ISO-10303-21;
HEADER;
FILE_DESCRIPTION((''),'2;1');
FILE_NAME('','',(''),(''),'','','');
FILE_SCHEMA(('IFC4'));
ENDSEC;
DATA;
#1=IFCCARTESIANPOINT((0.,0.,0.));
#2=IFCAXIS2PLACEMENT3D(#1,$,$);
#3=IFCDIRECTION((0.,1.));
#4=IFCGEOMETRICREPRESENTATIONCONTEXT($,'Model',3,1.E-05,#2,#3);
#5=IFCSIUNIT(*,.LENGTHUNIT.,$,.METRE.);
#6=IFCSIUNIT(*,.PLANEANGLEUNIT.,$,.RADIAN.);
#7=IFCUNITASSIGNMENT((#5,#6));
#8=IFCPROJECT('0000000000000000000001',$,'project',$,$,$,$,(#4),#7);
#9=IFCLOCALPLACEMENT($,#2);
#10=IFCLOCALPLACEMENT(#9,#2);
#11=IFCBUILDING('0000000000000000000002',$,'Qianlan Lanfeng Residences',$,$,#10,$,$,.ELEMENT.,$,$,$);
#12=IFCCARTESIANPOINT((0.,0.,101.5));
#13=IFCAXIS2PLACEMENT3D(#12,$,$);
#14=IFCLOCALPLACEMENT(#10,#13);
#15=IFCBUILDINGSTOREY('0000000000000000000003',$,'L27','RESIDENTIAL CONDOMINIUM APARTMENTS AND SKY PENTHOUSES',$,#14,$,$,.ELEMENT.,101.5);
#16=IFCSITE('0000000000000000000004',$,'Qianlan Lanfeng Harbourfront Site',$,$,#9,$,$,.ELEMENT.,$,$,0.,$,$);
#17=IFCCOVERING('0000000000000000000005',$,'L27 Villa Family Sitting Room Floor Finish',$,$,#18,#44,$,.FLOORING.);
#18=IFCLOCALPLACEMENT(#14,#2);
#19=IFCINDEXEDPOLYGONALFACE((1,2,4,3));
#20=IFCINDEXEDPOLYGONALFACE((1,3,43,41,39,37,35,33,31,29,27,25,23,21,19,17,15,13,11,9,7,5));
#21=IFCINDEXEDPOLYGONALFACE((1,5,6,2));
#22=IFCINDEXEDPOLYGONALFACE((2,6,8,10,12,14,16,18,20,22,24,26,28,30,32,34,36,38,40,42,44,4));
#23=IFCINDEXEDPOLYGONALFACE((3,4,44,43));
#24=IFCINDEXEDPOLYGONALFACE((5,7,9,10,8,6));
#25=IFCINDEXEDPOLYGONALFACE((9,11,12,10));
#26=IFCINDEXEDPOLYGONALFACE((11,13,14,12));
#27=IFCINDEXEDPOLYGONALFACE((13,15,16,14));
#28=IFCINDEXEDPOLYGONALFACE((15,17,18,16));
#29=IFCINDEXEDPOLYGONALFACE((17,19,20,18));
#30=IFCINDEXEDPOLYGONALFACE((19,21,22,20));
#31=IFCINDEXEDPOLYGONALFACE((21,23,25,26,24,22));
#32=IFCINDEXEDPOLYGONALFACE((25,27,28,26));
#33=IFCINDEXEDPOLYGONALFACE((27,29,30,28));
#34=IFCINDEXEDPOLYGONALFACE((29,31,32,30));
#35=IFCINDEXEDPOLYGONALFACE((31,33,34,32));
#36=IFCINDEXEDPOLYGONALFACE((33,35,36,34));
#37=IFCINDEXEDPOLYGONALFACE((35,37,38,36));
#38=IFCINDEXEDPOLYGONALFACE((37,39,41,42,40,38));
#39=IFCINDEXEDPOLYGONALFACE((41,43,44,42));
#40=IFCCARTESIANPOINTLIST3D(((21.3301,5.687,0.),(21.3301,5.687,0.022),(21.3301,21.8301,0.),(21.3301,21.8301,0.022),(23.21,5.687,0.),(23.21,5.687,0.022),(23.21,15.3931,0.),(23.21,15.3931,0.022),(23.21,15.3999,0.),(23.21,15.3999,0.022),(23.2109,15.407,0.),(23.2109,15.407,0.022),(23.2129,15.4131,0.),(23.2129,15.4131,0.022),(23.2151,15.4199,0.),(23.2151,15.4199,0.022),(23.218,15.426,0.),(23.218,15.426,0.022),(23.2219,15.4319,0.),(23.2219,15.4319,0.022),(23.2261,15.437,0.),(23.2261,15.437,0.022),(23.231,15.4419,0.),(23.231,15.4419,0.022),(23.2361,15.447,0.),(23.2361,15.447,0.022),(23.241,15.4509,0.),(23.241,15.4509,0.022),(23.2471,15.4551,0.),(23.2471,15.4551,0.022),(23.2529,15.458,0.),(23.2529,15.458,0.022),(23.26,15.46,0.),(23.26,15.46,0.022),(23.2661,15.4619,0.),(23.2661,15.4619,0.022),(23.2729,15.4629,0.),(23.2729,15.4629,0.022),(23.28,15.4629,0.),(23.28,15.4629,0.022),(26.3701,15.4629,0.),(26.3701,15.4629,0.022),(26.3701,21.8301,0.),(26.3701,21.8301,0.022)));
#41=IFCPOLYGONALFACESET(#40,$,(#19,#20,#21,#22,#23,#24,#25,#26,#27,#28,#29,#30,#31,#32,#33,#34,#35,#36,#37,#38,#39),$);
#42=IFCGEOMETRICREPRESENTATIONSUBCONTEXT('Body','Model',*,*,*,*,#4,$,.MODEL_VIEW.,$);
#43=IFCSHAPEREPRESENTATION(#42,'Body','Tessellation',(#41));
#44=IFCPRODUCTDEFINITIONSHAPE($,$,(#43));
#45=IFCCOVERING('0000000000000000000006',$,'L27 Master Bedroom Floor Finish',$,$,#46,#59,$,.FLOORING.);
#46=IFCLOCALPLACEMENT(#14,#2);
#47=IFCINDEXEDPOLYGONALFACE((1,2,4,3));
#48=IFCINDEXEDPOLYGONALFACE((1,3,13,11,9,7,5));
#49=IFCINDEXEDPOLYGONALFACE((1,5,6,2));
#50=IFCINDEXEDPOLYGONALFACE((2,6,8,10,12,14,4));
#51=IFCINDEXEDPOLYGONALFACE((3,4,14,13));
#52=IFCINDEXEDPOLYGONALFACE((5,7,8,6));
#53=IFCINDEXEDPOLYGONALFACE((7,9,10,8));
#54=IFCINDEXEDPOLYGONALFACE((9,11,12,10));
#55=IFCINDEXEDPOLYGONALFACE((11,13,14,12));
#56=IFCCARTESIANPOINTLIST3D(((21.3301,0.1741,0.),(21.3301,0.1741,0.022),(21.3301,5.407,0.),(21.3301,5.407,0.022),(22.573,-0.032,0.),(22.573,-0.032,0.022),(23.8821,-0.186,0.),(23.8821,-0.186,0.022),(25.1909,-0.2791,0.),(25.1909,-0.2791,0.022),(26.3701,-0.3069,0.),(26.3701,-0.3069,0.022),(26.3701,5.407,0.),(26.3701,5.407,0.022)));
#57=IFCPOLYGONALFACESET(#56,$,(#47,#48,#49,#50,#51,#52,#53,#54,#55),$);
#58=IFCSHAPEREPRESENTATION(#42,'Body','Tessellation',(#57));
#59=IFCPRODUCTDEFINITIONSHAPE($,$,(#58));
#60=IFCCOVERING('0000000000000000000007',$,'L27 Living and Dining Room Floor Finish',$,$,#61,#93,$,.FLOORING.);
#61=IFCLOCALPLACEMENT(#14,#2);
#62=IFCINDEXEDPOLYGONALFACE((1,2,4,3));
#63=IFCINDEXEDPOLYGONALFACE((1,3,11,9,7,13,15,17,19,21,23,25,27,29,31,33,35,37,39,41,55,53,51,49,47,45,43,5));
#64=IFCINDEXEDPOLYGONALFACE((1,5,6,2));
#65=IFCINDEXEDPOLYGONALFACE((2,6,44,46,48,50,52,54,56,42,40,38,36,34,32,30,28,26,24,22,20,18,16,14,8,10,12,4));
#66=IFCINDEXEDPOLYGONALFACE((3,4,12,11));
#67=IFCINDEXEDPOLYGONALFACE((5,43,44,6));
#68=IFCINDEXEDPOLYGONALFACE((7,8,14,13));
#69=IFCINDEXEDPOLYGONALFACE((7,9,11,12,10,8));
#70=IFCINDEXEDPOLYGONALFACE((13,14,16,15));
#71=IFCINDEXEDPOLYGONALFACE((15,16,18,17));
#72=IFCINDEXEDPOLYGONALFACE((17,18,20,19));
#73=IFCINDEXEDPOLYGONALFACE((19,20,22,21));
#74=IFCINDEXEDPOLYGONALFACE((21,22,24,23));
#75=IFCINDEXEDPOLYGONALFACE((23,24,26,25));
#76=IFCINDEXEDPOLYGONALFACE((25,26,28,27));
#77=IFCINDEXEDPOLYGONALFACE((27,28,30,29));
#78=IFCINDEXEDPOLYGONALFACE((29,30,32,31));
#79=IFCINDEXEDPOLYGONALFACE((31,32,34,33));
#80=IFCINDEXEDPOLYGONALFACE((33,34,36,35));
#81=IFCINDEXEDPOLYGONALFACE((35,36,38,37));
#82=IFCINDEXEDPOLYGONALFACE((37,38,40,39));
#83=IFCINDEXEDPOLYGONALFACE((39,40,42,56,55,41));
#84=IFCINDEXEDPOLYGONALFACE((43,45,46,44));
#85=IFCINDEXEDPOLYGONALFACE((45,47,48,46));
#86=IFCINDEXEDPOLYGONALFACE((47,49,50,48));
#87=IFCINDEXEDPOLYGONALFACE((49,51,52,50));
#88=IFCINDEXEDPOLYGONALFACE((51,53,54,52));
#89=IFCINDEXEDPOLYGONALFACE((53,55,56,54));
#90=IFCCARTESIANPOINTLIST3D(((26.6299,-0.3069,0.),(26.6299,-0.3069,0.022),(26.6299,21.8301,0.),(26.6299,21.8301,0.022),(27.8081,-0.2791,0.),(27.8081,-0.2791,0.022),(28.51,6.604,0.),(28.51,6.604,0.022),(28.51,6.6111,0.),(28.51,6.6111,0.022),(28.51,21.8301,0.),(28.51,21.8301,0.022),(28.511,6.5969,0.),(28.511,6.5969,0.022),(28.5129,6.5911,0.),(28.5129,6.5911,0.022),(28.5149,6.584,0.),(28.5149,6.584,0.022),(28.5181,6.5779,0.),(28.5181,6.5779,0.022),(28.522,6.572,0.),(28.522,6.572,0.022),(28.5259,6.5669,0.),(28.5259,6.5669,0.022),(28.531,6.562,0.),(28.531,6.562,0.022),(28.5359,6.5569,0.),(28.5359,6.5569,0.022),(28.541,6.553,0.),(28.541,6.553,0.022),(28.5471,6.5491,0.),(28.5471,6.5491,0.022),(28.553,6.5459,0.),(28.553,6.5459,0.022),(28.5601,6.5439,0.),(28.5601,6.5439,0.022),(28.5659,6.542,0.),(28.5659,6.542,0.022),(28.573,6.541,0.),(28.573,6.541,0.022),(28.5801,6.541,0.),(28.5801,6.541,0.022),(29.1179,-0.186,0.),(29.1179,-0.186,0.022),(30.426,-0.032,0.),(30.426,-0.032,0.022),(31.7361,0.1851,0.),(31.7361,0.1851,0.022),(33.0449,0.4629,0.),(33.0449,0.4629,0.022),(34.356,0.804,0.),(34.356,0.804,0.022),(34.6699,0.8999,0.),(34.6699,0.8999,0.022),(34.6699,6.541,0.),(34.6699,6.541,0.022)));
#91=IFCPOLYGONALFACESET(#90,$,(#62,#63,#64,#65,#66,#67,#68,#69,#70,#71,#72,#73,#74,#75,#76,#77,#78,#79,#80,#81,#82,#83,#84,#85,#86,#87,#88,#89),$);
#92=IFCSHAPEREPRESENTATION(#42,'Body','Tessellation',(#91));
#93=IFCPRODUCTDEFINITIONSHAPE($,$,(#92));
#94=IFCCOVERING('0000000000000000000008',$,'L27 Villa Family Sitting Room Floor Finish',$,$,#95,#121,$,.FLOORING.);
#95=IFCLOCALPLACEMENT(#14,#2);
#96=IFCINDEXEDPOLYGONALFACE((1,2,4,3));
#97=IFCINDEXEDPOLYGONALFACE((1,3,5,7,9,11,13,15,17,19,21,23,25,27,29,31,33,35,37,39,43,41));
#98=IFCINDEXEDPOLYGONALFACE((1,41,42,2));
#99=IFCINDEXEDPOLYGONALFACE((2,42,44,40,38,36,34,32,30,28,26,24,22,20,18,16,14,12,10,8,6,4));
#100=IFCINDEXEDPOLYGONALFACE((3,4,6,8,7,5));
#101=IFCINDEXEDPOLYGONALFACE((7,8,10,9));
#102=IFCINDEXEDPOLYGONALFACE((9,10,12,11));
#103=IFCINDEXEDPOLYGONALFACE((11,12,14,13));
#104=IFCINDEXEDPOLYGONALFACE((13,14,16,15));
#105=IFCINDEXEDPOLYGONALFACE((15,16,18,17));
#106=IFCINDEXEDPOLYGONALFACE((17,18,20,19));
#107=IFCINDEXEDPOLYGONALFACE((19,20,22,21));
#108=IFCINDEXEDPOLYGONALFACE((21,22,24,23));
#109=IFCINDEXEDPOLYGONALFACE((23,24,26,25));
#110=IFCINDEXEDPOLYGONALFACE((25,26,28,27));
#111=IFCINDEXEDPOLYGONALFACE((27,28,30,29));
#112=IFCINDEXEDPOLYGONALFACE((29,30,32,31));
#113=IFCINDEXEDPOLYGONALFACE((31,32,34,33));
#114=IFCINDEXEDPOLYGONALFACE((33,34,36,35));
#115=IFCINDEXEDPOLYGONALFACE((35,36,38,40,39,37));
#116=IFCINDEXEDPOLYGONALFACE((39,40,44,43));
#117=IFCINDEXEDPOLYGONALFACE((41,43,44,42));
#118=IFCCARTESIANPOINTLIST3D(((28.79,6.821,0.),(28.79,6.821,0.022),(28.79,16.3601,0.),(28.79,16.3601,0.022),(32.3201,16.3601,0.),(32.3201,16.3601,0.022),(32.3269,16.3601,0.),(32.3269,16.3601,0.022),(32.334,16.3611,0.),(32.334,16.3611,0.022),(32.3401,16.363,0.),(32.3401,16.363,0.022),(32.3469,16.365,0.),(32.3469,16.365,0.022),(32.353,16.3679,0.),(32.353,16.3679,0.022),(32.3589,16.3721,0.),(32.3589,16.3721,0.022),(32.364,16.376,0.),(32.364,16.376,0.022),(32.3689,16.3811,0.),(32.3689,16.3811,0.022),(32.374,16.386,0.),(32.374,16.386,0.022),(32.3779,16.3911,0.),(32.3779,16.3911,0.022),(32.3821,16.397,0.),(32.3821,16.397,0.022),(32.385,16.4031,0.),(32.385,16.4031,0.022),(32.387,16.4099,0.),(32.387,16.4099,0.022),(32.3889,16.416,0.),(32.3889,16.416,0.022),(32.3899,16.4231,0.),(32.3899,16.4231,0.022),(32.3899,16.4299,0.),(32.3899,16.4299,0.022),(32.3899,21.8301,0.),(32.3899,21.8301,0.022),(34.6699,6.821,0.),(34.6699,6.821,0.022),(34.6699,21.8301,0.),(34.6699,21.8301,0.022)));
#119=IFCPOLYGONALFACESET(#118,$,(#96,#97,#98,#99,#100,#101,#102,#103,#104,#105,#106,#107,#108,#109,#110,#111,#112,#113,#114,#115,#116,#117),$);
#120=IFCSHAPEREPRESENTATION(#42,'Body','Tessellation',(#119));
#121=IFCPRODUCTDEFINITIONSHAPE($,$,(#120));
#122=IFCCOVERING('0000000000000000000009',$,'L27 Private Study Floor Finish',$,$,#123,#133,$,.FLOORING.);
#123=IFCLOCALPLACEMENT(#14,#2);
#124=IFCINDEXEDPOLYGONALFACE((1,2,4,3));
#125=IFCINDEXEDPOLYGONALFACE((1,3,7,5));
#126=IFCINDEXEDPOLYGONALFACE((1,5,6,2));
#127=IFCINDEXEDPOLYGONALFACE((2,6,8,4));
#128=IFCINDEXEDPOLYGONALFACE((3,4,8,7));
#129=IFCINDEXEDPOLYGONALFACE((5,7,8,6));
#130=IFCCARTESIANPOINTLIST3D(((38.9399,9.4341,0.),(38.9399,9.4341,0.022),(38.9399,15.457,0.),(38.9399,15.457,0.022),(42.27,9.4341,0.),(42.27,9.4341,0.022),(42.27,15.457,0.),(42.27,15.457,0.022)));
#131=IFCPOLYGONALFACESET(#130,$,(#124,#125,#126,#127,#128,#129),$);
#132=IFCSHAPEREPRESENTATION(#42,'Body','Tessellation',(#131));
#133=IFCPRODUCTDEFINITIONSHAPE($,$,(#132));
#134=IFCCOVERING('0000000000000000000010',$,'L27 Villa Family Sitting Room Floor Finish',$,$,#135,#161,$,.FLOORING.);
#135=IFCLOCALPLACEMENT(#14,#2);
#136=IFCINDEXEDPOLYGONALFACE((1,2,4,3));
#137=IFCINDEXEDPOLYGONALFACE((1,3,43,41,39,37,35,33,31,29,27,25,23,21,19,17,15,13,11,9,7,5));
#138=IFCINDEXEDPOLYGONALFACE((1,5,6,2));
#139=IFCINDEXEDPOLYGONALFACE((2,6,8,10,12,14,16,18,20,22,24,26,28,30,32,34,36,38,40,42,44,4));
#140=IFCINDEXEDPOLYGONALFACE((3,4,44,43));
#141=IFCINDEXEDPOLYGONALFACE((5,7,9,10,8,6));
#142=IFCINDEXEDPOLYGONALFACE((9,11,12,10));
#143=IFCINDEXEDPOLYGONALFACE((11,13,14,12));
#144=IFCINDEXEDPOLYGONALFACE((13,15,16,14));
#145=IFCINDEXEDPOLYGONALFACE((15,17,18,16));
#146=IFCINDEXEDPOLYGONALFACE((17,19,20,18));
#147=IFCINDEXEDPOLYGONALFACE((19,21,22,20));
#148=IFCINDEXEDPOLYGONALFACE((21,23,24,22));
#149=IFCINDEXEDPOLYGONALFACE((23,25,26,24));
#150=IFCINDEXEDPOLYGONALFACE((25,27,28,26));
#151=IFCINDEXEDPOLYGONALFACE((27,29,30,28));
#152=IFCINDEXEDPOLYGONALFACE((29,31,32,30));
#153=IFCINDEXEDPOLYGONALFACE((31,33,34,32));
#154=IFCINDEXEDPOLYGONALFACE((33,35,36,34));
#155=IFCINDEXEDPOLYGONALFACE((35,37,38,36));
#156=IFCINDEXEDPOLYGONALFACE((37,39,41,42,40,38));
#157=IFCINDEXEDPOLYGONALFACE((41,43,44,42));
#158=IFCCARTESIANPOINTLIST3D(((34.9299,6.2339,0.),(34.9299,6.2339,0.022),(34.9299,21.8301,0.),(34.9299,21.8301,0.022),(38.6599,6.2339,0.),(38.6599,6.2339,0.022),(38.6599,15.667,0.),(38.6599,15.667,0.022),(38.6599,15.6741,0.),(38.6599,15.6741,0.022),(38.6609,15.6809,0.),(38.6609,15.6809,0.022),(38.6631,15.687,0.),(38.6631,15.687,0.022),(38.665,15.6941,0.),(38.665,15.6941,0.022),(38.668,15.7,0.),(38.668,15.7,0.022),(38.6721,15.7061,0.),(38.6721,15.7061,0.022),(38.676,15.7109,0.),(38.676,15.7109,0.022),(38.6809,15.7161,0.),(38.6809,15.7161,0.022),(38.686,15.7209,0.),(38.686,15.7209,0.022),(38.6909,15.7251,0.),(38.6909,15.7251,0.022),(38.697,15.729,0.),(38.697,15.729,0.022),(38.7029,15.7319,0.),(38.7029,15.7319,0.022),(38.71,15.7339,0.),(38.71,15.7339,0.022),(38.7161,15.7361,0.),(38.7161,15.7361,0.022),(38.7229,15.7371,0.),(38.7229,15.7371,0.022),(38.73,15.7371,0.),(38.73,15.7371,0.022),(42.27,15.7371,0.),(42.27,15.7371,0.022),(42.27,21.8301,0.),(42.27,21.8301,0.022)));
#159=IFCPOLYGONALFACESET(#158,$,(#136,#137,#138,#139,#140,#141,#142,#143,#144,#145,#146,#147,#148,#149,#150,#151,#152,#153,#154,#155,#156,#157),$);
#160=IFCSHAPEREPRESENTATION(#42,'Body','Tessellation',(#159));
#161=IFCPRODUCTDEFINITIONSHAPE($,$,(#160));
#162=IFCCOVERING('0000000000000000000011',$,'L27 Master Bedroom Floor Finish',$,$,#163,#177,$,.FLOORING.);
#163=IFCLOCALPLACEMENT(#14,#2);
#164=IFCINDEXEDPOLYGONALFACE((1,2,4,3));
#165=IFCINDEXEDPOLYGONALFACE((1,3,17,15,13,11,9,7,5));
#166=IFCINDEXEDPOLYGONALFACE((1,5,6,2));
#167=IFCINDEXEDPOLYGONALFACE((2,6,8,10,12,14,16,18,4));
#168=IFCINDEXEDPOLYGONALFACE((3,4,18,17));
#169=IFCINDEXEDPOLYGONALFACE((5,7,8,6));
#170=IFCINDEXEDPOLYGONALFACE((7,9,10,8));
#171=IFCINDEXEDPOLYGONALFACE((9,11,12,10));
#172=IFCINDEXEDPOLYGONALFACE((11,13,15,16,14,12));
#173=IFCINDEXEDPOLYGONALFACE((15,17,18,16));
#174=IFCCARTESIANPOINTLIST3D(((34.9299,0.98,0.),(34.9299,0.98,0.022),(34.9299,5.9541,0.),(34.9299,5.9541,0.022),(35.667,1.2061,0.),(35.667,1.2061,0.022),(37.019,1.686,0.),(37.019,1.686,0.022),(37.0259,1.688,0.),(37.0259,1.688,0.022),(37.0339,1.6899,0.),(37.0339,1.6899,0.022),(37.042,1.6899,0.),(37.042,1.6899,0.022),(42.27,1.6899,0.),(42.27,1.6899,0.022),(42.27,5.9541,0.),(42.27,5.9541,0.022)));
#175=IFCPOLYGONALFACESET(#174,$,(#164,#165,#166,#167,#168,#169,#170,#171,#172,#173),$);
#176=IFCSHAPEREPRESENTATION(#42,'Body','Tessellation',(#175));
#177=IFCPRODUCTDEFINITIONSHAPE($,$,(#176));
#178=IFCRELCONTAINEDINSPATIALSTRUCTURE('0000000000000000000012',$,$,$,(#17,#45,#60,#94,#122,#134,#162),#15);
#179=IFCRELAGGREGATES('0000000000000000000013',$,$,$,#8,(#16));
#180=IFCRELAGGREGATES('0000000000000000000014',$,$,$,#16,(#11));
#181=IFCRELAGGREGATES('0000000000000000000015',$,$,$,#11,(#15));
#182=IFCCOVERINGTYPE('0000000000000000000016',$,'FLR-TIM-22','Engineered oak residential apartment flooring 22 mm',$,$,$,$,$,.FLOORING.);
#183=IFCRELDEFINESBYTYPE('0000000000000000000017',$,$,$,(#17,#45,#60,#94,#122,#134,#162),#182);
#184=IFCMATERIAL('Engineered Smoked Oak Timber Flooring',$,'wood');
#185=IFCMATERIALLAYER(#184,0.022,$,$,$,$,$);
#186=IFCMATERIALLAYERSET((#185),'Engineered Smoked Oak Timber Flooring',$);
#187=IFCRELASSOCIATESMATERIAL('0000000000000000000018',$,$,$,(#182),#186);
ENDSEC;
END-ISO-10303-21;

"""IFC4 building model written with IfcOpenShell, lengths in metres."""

from ifc_helpers import new_model, si_unit, direction, frame, origin, place, context, subcontext, project, spatial, polyline, outline, extrude, material, layer, layer_set, type_object, element, save


model = new_model("IFC4")

# Units and contexts
model_context = context("Model", 3, precision=1e-05, world=origin(), true_north=direction((0.0, 1.0)))
body_context = subcontext(model_context, "Body", "Model", "MODEL_VIEW")
ifc_project = project(units=[si_unit("LENGTHUNIT", "METRE"), si_unit("PLANEANGLEUNIT", "RADIAN")], contexts=[model_context])

# Site, building, storey
site_placement = place(None, origin())
site = spatial("IfcSite", under=ifc_project, at=site_placement, Name="Qianlan Lanfeng Harbourfront Site", CompositionType="ELEMENT", RefElevation=0.0)
building_placement = place(site_placement, origin())
building = spatial("IfcBuilding", under=site, at=building_placement, Name="Qianlan Lanfeng Residences", CompositionType="ELEMENT")
storey_placement = place(building_placement, frame((0.0, 0.0, 101.5)))
storey = spatial("IfcBuildingStorey", under=building, at=storey_placement, Name="L27", Description="RESIDENTIAL CONDOMINIUM APARTMENTS AND SKY PENTHOUSES", CompositionType="ELEMENT", Elevation=101.5)

# Coverings
ifc_material_1 = material(Name="Engineered Smoked Oak Timber Flooring", Category="wood")
ifc_layer_1 = layer(ifc_material_1, 0.022)
ifc_layer_set_1 = layer_set([ifc_layer_1], Name="Engineered Smoked Oak Timber Flooring")
covering_type_1 = type_object("IfcCoveringType", Name="FLR-TIM-22", Description="Engineered oak residential apartment flooring 22 mm", PredefinedType="FLOORING", material=ifc_layer_set_1)
covering_1_placement = place(storey_placement, origin())
element("IfcCovering", 1, at=covering_1_placement, inside=storey, type_object=covering_type_1, Name="L27 Villa Family Sitting Room Floor Finish", PredefinedType="FLOORING", context=body_context, shape_type="SweptSolid", body=[
    extrude(outline(polyline([(21.3301, 5.687), (23.21, 5.687), (23.21, 15.3931), (23.21, 15.3999), (23.2109, 15.407), (23.2129, 15.4131), (23.2151, 15.4199), (23.218, 15.426), (23.2219, 15.4319), (23.2261, 15.437), (23.231, 15.4419), (23.2361, 15.447), (23.241, 15.4509), (23.2471, 15.4551), (23.2529, 15.458), (23.26, 15.46), (23.2661, 15.4619), (23.2729, 15.4629), (23.28, 15.4629), (26.3701, 15.4629), (26.3701, 21.8301), (21.3301, 21.8301), (21.3301, 5.687)])), origin(), (0.0, 0.0, 1.0), 0.022),
])
covering_2_placement = place(storey_placement, origin())
element("IfcCovering", 2, at=covering_2_placement, inside=storey, type_object=covering_type_1, Name="L27 Master Bedroom Floor Finish", PredefinedType="FLOORING", context=body_context, shape_type="SweptSolid", body=[
    extrude(outline(polyline([(21.3301, 5.407), (21.3301, 0.1741), (22.573, -0.032), (23.8821, -0.186), (25.1909, -0.2791), (26.3701, -0.3069), (26.3701, 5.407), (21.3301, 5.407)])), origin(), (0.0, 0.0, 1.0), 0.022),
])
covering_3_placement = place(storey_placement, origin())
element("IfcCovering", 3, at=covering_3_placement, inside=storey, type_object=covering_type_1, Name="L27 Living and Dining Room Floor Finish", PredefinedType="FLOORING", context=body_context, shape_type="SweptSolid", body=[
    extrude(outline(polyline([(34.6699, 0.8999), (34.6699, 6.541), (28.5801, 6.541), (28.573, 6.541), (28.5659, 6.542), (28.5601, 6.5439), (28.553, 6.5459), (28.5471, 6.5491), (28.541, 6.553), (28.5359, 6.5569), (28.531, 6.562), (28.5259, 6.5669), (28.522, 6.572), (28.5181, 6.5779), (28.5149, 6.584), (28.5129, 6.5911), (28.511, 6.5969), (28.51, 6.604), (28.51, 6.6111), (28.51, 21.8301), (26.6299, 21.8301), (26.6299, -0.3069), (27.8081, -0.2791), (29.1179, -0.186), (30.426, -0.032), (31.7361, 0.1851), (33.0449, 0.4629), (34.356, 0.804), (34.6699, 0.8999)])), origin(), (0.0, 0.0, 1.0), 0.022),
])
covering_4_placement = place(storey_placement, origin())
element("IfcCovering", 4, at=covering_4_placement, inside=storey, type_object=covering_type_1, Name="L27 Villa Family Sitting Room Floor Finish", PredefinedType="FLOORING", context=body_context, shape_type="SweptSolid", body=[
    extrude(outline(polyline([(28.79, 6.821), (34.6699, 6.821), (34.6699, 21.8301), (32.3899, 21.8301), (32.3899, 16.4299), (32.3899, 16.4231), (32.3889, 16.416), (32.387, 16.4099), (32.385, 16.4031), (32.3821, 16.397), (32.3779, 16.3911), (32.374, 16.386), (32.3689, 16.3811), (32.364, 16.376), (32.3589, 16.3721), (32.353, 16.3679), (32.3469, 16.365), (32.3401, 16.363), (32.334, 16.3611), (32.3269, 16.3601), (32.3201, 16.3601), (28.79, 16.3601), (28.79, 6.821)])), origin(), (0.0, 0.0, 1.0), 0.022),
])
covering_5_placement = place(storey_placement, origin())
element("IfcCovering", 5, at=covering_5_placement, inside=storey, type_object=covering_type_1, Name="L27 Private Study Floor Finish", PredefinedType="FLOORING", context=body_context, shape_type="SweptSolid", body=[
    extrude(outline(polyline([(38.9399, 9.4341), (42.27, 9.4341), (42.27, 15.457), (38.9399, 15.457), (38.9399, 9.4341)])), origin(), (0.0, 0.0, 1.0), 0.022),
])
covering_6_placement = place(storey_placement, origin())
element("IfcCovering", 6, at=covering_6_placement, inside=storey, type_object=covering_type_1, Name="L27 Villa Family Sitting Room Floor Finish", PredefinedType="FLOORING", context=body_context, shape_type="SweptSolid", body=[
    extrude(outline(polyline([(34.9299, 6.2339), (38.6599, 6.2339), (38.6599, 15.667), (38.6599, 15.6741), (38.6609, 15.6809), (38.6631, 15.687), (38.665, 15.6941), (38.668, 15.7), (38.6721, 15.7061), (38.676, 15.7109), (38.6809, 15.7161), (38.686, 15.7209), (38.6909, 15.7251), (38.697, 15.729), (38.7029, 15.7319), (38.71, 15.7339), (38.7161, 15.7361), (38.7229, 15.7371), (38.73, 15.7371), (42.27, 15.7371), (42.27, 21.8301), (34.9299, 21.8301), (34.9299, 6.2339)])), origin(), (0.0, 0.0, 1.0), 0.022),
])
covering_7_placement = place(storey_placement, origin())
element("IfcCovering", 7, at=covering_7_placement, inside=storey, type_object=covering_type_1, Name="L27 Master Bedroom Floor Finish", PredefinedType="FLOORING", context=body_context, shape_type="SweptSolid", body=[
    extrude(outline(polyline([(34.9299, 5.9541), (34.9299, 0.98), (35.667, 1.2061), (37.019, 1.686), (37.0259, 1.688), (37.0339, 1.6899), (37.042, 1.6899), (42.27, 1.6899), (42.27, 5.9541), (34.9299, 5.9541)])), origin(), (0.0, 0.0, 1.0), 0.022),
])

save(model, "model.ifc")
